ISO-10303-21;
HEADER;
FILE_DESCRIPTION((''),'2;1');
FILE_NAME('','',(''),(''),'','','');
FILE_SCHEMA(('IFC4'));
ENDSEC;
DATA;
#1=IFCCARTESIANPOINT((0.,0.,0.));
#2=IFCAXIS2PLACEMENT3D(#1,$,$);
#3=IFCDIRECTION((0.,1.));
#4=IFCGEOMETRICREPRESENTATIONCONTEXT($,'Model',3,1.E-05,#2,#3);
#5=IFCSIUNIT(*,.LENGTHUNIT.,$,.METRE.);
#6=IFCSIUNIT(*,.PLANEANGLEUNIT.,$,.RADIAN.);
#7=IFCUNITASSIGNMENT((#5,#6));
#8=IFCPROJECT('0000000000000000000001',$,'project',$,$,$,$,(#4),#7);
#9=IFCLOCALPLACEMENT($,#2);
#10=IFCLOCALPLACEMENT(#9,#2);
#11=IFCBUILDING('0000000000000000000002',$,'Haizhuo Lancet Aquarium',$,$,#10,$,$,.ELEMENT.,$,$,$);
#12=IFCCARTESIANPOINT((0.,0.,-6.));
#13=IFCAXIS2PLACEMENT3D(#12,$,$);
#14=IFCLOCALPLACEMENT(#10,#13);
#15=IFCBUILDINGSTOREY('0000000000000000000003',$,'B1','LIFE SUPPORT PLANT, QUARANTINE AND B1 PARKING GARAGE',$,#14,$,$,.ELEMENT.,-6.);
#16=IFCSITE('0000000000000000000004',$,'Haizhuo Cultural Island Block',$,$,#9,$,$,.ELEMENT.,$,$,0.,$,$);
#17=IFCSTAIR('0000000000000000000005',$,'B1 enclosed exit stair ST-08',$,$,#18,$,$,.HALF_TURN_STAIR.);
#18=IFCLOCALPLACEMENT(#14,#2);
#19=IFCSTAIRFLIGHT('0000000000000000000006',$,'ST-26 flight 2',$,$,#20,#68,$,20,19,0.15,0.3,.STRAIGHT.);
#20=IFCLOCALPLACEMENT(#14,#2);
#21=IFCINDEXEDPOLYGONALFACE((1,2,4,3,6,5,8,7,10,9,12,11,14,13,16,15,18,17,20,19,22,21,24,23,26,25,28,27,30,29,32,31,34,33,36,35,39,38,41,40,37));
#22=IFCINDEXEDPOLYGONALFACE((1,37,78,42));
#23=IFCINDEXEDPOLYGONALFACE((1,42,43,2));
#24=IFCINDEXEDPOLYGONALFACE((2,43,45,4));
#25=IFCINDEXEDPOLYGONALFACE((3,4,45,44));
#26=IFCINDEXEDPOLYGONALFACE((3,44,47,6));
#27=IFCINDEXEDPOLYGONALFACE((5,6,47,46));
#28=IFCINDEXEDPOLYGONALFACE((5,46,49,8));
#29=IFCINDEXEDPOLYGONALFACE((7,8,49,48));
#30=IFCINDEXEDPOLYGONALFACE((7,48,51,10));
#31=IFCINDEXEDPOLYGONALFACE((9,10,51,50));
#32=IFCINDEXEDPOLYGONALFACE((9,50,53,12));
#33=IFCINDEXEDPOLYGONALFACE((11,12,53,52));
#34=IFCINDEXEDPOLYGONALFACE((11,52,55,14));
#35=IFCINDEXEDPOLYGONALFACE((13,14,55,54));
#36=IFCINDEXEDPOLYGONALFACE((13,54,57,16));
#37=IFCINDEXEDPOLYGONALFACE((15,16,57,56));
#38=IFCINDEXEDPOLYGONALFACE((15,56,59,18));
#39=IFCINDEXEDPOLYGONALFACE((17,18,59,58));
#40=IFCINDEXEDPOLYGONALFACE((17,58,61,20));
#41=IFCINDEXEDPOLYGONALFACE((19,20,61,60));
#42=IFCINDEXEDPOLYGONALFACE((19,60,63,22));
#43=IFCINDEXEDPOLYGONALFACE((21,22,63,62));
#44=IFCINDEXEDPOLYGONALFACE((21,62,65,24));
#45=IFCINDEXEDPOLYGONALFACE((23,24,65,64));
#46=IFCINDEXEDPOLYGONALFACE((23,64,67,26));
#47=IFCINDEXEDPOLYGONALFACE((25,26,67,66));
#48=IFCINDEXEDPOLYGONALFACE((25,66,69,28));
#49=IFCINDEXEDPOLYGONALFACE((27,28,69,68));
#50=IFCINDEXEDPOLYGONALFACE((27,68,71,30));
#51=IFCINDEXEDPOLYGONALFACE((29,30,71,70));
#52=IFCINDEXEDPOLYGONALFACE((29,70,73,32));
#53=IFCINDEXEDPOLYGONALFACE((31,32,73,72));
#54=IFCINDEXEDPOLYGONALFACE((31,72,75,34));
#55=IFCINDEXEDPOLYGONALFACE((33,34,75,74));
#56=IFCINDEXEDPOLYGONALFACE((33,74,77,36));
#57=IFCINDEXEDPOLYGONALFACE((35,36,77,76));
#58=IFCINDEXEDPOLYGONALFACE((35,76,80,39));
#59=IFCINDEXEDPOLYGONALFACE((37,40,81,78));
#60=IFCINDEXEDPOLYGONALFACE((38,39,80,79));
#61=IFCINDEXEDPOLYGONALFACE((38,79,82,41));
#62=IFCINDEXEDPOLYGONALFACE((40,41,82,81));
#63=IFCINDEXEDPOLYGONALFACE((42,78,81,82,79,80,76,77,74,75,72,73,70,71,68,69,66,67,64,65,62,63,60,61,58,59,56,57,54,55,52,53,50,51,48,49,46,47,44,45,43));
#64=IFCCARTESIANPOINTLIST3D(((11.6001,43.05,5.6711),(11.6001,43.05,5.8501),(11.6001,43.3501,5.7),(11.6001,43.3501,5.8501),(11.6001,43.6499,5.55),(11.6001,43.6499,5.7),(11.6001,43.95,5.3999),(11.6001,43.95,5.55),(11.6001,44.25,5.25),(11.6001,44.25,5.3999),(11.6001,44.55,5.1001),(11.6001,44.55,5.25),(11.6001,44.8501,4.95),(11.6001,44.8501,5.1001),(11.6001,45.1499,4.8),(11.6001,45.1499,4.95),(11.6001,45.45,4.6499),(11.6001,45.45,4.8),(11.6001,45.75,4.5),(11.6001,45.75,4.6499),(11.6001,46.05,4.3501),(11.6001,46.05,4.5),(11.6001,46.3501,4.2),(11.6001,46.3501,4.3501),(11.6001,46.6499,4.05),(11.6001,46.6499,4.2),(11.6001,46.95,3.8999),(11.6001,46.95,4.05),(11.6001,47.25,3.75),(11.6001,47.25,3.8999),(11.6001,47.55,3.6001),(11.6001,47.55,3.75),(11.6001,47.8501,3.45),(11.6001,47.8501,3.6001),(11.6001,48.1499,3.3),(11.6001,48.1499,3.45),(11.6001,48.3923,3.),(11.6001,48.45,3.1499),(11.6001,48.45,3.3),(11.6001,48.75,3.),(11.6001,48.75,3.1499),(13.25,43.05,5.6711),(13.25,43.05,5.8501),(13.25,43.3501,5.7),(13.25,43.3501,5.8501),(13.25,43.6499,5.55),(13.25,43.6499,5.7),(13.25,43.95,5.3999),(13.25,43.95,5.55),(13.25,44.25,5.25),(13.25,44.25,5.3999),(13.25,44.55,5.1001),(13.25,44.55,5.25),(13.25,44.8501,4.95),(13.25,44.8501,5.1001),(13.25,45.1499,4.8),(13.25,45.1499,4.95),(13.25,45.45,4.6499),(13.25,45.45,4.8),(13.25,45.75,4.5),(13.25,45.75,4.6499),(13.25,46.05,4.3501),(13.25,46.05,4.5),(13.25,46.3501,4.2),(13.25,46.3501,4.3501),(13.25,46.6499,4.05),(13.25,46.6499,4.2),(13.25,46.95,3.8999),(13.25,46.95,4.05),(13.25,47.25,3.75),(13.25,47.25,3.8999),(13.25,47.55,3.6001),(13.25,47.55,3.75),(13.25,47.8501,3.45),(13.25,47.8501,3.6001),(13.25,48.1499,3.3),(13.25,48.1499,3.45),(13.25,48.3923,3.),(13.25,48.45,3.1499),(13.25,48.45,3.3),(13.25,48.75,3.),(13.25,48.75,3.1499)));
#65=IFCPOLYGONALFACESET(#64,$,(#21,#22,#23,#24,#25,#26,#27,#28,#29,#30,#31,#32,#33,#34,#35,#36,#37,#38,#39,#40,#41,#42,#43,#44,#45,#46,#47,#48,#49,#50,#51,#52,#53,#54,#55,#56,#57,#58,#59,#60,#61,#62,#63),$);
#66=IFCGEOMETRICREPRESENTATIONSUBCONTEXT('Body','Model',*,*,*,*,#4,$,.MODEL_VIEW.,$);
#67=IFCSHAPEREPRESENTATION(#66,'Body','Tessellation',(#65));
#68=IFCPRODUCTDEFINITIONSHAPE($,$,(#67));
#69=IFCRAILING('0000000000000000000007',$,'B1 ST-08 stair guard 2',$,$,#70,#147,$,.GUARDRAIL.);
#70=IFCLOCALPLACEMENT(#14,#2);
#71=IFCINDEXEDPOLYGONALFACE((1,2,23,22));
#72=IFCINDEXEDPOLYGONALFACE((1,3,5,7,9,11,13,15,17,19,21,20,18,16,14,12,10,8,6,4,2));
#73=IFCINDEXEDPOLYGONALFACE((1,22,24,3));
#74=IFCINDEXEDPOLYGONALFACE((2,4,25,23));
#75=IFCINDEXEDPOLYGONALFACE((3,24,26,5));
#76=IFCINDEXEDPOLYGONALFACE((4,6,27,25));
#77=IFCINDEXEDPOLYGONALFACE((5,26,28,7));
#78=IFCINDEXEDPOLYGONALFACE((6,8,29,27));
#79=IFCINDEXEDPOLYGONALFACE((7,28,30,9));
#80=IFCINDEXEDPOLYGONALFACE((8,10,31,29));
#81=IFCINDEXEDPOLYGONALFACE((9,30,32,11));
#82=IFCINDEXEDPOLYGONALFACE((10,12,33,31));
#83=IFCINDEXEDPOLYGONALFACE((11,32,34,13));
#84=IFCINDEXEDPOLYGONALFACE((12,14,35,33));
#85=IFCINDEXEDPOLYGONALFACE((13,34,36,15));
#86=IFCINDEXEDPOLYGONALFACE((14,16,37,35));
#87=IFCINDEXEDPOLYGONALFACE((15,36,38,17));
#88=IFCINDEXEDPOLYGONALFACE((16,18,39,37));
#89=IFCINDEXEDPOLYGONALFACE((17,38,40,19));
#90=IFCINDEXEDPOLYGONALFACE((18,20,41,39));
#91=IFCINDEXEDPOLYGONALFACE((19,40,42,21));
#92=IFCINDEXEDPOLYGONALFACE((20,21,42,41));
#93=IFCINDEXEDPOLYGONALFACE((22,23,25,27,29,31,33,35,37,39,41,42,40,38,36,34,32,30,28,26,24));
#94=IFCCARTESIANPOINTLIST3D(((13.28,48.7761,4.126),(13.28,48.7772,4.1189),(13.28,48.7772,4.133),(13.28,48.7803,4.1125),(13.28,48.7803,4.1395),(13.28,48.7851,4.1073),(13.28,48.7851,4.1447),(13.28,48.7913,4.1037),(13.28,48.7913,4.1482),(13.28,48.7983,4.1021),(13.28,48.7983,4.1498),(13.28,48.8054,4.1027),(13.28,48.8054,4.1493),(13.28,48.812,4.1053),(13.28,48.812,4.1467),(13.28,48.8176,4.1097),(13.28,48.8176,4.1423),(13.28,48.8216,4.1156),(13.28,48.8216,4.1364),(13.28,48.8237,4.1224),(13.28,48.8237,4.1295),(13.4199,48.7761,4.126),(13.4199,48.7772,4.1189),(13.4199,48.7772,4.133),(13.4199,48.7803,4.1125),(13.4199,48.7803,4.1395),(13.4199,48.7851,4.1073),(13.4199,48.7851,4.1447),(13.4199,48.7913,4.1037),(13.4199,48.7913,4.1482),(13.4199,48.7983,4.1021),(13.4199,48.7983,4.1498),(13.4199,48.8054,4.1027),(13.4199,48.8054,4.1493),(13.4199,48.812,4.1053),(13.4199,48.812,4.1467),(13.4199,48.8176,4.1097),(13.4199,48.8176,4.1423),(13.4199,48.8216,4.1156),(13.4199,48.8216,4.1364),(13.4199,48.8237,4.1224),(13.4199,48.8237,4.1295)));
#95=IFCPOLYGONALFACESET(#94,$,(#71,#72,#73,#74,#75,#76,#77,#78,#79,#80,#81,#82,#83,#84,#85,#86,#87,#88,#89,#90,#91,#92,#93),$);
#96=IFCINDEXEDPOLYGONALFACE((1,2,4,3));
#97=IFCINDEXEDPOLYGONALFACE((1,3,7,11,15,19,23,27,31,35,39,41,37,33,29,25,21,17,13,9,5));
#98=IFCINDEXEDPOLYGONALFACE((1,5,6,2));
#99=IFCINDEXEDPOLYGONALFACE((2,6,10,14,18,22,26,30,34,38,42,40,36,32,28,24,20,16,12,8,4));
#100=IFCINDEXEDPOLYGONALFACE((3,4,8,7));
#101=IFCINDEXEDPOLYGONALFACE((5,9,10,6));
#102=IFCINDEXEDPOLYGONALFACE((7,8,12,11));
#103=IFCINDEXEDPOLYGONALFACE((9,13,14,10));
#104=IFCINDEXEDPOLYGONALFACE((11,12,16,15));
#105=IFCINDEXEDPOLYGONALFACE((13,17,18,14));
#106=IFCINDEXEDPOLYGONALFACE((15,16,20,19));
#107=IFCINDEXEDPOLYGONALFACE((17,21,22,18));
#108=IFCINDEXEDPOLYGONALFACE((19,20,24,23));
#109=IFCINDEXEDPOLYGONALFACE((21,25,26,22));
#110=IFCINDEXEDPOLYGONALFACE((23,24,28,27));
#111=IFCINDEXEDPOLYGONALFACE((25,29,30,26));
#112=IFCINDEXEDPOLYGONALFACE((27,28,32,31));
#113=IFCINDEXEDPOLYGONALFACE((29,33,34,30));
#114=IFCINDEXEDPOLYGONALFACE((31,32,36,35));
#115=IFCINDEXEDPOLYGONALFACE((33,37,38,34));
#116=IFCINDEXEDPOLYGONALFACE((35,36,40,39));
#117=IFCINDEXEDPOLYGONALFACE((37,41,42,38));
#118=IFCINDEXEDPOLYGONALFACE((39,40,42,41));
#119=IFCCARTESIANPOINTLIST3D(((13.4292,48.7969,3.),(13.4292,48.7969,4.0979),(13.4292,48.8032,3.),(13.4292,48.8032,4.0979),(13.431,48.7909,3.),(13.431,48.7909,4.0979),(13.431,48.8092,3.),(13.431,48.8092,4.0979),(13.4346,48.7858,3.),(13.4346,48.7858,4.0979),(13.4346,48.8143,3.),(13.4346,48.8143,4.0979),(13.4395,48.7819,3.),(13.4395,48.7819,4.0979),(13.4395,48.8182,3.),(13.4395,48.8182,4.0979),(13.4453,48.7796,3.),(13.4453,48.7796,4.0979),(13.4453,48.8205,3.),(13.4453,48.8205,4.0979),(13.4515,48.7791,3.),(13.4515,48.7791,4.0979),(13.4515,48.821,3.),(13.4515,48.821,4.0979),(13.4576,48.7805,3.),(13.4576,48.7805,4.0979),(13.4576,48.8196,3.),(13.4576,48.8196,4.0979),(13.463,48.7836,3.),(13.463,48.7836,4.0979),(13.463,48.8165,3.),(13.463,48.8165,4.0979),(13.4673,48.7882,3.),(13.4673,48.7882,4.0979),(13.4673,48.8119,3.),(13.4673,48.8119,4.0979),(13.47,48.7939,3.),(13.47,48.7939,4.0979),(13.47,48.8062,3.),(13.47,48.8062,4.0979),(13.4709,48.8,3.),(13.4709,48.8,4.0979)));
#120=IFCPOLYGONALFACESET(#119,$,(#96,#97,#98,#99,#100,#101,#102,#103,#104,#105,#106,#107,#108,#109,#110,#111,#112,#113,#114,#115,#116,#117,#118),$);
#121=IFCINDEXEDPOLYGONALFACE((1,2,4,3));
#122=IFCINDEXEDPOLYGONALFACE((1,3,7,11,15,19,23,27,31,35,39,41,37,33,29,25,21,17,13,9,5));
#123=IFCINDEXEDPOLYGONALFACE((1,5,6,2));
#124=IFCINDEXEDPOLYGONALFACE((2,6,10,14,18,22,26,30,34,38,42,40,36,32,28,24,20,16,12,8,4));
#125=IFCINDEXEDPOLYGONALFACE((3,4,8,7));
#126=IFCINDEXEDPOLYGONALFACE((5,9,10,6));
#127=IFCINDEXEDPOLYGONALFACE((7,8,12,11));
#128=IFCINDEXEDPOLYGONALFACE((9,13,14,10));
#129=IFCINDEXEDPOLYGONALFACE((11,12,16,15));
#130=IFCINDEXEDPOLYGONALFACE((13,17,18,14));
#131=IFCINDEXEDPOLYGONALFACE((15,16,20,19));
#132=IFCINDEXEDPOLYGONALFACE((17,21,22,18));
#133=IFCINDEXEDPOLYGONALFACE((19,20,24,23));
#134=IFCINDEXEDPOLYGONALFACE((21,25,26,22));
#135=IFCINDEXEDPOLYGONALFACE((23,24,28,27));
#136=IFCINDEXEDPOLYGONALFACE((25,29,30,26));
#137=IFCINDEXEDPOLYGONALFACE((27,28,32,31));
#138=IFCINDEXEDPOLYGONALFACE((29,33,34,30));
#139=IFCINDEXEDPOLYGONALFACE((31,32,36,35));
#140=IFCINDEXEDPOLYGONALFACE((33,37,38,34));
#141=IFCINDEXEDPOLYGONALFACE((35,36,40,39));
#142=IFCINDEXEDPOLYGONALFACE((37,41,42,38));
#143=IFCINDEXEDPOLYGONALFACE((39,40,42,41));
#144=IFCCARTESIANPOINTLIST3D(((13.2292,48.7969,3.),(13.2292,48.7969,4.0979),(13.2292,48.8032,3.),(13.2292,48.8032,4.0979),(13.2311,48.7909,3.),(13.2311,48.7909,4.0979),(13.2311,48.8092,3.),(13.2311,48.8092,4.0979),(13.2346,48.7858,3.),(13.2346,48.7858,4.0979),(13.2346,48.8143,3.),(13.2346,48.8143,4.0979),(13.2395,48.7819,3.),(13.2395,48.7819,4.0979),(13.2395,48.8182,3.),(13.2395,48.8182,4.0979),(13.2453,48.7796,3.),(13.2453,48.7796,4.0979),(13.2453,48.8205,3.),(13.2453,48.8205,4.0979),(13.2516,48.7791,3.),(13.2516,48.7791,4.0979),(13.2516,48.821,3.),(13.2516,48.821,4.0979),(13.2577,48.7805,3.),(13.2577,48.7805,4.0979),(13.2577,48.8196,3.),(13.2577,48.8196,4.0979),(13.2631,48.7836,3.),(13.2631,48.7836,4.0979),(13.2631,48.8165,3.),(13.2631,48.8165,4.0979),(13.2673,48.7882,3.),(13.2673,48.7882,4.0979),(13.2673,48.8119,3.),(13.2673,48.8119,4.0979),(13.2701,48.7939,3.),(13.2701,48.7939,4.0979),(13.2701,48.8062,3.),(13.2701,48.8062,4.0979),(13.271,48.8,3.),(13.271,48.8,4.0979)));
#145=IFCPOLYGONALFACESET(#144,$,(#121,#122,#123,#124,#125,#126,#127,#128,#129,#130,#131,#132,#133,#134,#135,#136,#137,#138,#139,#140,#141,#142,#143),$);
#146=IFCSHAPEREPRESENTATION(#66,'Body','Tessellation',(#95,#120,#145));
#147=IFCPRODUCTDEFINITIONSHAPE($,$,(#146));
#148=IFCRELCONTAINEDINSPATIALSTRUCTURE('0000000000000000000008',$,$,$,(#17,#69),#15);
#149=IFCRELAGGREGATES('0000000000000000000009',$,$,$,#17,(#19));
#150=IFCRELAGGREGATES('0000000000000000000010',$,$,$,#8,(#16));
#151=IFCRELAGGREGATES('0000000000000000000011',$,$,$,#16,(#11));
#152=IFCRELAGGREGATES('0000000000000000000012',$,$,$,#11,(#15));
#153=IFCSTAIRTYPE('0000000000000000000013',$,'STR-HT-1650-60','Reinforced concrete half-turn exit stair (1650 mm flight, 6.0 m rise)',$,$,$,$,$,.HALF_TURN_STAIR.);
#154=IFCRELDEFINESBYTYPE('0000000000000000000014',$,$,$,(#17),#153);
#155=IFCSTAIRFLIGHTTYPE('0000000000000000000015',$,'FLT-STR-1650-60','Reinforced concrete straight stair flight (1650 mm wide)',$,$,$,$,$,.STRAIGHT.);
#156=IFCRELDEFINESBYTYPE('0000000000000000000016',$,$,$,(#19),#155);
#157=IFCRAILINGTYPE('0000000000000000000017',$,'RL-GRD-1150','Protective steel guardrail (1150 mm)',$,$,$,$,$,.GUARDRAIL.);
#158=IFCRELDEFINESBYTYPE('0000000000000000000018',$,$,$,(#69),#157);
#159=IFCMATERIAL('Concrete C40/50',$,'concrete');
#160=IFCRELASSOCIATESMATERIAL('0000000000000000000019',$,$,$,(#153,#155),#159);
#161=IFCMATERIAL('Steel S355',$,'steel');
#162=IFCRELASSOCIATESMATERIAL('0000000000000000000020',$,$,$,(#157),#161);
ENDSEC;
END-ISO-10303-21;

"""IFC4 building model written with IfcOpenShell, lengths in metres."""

from ifc_helpers import new_model, si_unit, direction, frame, origin, origin_2d, place, context, subcontext, project, spatial, polyline, circle, outline, extrude, material, type_object, element, aggregate, save


model = new_model("IFC4")

# Units and contexts
model_context = context("Model", 3, precision=1e-05, world=origin(), true_north=direction((0.0, 1.0)))
body_context = subcontext(model_context, "Body", "Model", "MODEL_VIEW")
ifc_project = project(units=[si_unit("LENGTHUNIT", "METRE"), si_unit("PLANEANGLEUNIT", "RADIAN")], contexts=[model_context])

# Site, building, storey
site_placement = place(None, origin())
site = spatial("IfcSite", under=ifc_project, at=site_placement, Name="Haizhuo Cultural Island Block", CompositionType="ELEMENT", RefElevation=0.0)
building_placement = place(site_placement, origin())
building = spatial("IfcBuilding", under=site, at=building_placement, Name="Haizhuo Lancet Aquarium", CompositionType="ELEMENT")
storey_placement = place(building_placement, frame((0.0, 0.0, -6.0)))
storey = spatial("IfcBuildingStorey", under=building, at=storey_placement, Name="B1", Description="LIFE SUPPORT PLANT, QUARANTINE AND B1 PARKING GARAGE", CompositionType="ELEMENT", Elevation=-6.0)

# Shared definitions
ifc_material_1 = material(Name="Concrete C40/50", Category="concrete")

# Stair, stair flight
stair_type = type_object("IfcStairType", Name="STR-HT-1650-60", Description="Reinforced concrete half-turn exit stair (1650 mm flight, 6.0 m rise)", PredefinedType="HALF_TURN_STAIR", material=ifc_material_1)
stair_placement = place(storey_placement, origin())
stair = element("IfcStair", 1, at=stair_placement, inside=storey, type_object=stair_type, Name="B1 enclosed exit stair ST-08", PredefinedType="HALF_TURN_STAIR")
stair_flight_type = type_object("IfcStairFlightType", Name="FLT-STR-1650-60", Description="Reinforced concrete straight stair flight (1650 mm wide)", PredefinedType="STRAIGHT", material=ifc_material_1)
stair_flight_placement = place(storey_placement, frame((12.425, 48.75, 3.0), z_axis=(0.0, 0.0, 1.0), x_axis=(0.0, -1.0, 0.0)))
stair_flight = element("IfcStairFlight", 2, at=stair_flight_placement, type_object=stair_flight_type, Name="ST-26 flight 2", NumberOfRisers=20, NumberOfTreads=19, PredefinedType="STRAIGHT", RiserHeight=0.15, TreadLength=0.3, context=body_context, shape_type="SweptSolid", body=[
    extrude(outline(polyline([(0.0, 0.0), (0.0, 0.1499), (0.3, 0.1499), (0.3, 0.3), (0.6001, 0.3), (0.6001, 0.45), (0.8999, 0.45), (0.8999, 0.6001), (1.2, 0.6001), (1.2, 0.75), (1.5, 0.75), (1.5, 0.8999), (1.8, 0.8999), (1.8, 1.05), (2.1001, 1.05), (2.1001, 1.2), (2.3999, 1.2), (2.3999, 1.3501), (2.7, 1.3501), (2.7, 1.5), (3.0, 1.5), (3.0, 1.6499), (3.3, 1.6499), (3.3, 1.8), (3.6001, 1.8), (3.6001, 1.95), (3.8999, 1.95), (3.8999, 2.1001), (4.2, 2.1001), (4.2, 2.25), (4.5, 2.25), (4.5, 2.3999), (4.8, 2.3999), (4.8, 2.55), (5.1001, 2.55), (5.1001, 2.7), (5.3999, 2.7), (5.3999, 2.8501), (5.7, 2.8501), (5.7, 3.0), (5.7, 2.6711), (0.3577, 0.0), (0.0, 0.0)])), frame((0.0, 0.825, 0.0), z_axis=(0.0, -1.0, 0.0), x_axis=(1.0, 0.0, 0.0)), (0.0, 0.0, 1.0), 1.6499),
])
aggregate(stair, [stair_flight])

# Railing
ifc_material_2 = material(Name="Steel S355", Category="steel")
railing_type_1 = type_object("IfcRailingType", Name="RL-GRD-1150", Description="Protective steel guardrail (1150 mm)", PredefinedType="GUARDRAIL", material=ifc_material_2)
railing_1_placement = place(storey_placement, frame((13.45, 48.8, 3.0)))
element("IfcRailing", 3, at=railing_1_placement, inside=storey, type_object=railing_type_1, Name="B1 ST-08 stair guard 2", PredefinedType="GUARDRAIL", context=body_context, shape_type="SweptSolid", body=[
    extrude(circle(Radius=0.0239, at=origin_2d()), frame((-0.03, 0.0, 1.126), z_axis=(-1.0, 0.0, 0.0), x_axis=(0.0, -1.0, 0.0)), (0.0, 0.0, 1.0), 0.1399),
    extrude(circle(Radius=0.021, at=origin_2d()), origin(), (0.0, 0.0, 1.0), 1.0979),
    extrude(circle(Radius=0.021, at=origin_2d()), frame((-0.2, 0.0, 0.0)), (0.0, 0.0, 1.0), 1.0979),
])

save(model, "model.ifc")
